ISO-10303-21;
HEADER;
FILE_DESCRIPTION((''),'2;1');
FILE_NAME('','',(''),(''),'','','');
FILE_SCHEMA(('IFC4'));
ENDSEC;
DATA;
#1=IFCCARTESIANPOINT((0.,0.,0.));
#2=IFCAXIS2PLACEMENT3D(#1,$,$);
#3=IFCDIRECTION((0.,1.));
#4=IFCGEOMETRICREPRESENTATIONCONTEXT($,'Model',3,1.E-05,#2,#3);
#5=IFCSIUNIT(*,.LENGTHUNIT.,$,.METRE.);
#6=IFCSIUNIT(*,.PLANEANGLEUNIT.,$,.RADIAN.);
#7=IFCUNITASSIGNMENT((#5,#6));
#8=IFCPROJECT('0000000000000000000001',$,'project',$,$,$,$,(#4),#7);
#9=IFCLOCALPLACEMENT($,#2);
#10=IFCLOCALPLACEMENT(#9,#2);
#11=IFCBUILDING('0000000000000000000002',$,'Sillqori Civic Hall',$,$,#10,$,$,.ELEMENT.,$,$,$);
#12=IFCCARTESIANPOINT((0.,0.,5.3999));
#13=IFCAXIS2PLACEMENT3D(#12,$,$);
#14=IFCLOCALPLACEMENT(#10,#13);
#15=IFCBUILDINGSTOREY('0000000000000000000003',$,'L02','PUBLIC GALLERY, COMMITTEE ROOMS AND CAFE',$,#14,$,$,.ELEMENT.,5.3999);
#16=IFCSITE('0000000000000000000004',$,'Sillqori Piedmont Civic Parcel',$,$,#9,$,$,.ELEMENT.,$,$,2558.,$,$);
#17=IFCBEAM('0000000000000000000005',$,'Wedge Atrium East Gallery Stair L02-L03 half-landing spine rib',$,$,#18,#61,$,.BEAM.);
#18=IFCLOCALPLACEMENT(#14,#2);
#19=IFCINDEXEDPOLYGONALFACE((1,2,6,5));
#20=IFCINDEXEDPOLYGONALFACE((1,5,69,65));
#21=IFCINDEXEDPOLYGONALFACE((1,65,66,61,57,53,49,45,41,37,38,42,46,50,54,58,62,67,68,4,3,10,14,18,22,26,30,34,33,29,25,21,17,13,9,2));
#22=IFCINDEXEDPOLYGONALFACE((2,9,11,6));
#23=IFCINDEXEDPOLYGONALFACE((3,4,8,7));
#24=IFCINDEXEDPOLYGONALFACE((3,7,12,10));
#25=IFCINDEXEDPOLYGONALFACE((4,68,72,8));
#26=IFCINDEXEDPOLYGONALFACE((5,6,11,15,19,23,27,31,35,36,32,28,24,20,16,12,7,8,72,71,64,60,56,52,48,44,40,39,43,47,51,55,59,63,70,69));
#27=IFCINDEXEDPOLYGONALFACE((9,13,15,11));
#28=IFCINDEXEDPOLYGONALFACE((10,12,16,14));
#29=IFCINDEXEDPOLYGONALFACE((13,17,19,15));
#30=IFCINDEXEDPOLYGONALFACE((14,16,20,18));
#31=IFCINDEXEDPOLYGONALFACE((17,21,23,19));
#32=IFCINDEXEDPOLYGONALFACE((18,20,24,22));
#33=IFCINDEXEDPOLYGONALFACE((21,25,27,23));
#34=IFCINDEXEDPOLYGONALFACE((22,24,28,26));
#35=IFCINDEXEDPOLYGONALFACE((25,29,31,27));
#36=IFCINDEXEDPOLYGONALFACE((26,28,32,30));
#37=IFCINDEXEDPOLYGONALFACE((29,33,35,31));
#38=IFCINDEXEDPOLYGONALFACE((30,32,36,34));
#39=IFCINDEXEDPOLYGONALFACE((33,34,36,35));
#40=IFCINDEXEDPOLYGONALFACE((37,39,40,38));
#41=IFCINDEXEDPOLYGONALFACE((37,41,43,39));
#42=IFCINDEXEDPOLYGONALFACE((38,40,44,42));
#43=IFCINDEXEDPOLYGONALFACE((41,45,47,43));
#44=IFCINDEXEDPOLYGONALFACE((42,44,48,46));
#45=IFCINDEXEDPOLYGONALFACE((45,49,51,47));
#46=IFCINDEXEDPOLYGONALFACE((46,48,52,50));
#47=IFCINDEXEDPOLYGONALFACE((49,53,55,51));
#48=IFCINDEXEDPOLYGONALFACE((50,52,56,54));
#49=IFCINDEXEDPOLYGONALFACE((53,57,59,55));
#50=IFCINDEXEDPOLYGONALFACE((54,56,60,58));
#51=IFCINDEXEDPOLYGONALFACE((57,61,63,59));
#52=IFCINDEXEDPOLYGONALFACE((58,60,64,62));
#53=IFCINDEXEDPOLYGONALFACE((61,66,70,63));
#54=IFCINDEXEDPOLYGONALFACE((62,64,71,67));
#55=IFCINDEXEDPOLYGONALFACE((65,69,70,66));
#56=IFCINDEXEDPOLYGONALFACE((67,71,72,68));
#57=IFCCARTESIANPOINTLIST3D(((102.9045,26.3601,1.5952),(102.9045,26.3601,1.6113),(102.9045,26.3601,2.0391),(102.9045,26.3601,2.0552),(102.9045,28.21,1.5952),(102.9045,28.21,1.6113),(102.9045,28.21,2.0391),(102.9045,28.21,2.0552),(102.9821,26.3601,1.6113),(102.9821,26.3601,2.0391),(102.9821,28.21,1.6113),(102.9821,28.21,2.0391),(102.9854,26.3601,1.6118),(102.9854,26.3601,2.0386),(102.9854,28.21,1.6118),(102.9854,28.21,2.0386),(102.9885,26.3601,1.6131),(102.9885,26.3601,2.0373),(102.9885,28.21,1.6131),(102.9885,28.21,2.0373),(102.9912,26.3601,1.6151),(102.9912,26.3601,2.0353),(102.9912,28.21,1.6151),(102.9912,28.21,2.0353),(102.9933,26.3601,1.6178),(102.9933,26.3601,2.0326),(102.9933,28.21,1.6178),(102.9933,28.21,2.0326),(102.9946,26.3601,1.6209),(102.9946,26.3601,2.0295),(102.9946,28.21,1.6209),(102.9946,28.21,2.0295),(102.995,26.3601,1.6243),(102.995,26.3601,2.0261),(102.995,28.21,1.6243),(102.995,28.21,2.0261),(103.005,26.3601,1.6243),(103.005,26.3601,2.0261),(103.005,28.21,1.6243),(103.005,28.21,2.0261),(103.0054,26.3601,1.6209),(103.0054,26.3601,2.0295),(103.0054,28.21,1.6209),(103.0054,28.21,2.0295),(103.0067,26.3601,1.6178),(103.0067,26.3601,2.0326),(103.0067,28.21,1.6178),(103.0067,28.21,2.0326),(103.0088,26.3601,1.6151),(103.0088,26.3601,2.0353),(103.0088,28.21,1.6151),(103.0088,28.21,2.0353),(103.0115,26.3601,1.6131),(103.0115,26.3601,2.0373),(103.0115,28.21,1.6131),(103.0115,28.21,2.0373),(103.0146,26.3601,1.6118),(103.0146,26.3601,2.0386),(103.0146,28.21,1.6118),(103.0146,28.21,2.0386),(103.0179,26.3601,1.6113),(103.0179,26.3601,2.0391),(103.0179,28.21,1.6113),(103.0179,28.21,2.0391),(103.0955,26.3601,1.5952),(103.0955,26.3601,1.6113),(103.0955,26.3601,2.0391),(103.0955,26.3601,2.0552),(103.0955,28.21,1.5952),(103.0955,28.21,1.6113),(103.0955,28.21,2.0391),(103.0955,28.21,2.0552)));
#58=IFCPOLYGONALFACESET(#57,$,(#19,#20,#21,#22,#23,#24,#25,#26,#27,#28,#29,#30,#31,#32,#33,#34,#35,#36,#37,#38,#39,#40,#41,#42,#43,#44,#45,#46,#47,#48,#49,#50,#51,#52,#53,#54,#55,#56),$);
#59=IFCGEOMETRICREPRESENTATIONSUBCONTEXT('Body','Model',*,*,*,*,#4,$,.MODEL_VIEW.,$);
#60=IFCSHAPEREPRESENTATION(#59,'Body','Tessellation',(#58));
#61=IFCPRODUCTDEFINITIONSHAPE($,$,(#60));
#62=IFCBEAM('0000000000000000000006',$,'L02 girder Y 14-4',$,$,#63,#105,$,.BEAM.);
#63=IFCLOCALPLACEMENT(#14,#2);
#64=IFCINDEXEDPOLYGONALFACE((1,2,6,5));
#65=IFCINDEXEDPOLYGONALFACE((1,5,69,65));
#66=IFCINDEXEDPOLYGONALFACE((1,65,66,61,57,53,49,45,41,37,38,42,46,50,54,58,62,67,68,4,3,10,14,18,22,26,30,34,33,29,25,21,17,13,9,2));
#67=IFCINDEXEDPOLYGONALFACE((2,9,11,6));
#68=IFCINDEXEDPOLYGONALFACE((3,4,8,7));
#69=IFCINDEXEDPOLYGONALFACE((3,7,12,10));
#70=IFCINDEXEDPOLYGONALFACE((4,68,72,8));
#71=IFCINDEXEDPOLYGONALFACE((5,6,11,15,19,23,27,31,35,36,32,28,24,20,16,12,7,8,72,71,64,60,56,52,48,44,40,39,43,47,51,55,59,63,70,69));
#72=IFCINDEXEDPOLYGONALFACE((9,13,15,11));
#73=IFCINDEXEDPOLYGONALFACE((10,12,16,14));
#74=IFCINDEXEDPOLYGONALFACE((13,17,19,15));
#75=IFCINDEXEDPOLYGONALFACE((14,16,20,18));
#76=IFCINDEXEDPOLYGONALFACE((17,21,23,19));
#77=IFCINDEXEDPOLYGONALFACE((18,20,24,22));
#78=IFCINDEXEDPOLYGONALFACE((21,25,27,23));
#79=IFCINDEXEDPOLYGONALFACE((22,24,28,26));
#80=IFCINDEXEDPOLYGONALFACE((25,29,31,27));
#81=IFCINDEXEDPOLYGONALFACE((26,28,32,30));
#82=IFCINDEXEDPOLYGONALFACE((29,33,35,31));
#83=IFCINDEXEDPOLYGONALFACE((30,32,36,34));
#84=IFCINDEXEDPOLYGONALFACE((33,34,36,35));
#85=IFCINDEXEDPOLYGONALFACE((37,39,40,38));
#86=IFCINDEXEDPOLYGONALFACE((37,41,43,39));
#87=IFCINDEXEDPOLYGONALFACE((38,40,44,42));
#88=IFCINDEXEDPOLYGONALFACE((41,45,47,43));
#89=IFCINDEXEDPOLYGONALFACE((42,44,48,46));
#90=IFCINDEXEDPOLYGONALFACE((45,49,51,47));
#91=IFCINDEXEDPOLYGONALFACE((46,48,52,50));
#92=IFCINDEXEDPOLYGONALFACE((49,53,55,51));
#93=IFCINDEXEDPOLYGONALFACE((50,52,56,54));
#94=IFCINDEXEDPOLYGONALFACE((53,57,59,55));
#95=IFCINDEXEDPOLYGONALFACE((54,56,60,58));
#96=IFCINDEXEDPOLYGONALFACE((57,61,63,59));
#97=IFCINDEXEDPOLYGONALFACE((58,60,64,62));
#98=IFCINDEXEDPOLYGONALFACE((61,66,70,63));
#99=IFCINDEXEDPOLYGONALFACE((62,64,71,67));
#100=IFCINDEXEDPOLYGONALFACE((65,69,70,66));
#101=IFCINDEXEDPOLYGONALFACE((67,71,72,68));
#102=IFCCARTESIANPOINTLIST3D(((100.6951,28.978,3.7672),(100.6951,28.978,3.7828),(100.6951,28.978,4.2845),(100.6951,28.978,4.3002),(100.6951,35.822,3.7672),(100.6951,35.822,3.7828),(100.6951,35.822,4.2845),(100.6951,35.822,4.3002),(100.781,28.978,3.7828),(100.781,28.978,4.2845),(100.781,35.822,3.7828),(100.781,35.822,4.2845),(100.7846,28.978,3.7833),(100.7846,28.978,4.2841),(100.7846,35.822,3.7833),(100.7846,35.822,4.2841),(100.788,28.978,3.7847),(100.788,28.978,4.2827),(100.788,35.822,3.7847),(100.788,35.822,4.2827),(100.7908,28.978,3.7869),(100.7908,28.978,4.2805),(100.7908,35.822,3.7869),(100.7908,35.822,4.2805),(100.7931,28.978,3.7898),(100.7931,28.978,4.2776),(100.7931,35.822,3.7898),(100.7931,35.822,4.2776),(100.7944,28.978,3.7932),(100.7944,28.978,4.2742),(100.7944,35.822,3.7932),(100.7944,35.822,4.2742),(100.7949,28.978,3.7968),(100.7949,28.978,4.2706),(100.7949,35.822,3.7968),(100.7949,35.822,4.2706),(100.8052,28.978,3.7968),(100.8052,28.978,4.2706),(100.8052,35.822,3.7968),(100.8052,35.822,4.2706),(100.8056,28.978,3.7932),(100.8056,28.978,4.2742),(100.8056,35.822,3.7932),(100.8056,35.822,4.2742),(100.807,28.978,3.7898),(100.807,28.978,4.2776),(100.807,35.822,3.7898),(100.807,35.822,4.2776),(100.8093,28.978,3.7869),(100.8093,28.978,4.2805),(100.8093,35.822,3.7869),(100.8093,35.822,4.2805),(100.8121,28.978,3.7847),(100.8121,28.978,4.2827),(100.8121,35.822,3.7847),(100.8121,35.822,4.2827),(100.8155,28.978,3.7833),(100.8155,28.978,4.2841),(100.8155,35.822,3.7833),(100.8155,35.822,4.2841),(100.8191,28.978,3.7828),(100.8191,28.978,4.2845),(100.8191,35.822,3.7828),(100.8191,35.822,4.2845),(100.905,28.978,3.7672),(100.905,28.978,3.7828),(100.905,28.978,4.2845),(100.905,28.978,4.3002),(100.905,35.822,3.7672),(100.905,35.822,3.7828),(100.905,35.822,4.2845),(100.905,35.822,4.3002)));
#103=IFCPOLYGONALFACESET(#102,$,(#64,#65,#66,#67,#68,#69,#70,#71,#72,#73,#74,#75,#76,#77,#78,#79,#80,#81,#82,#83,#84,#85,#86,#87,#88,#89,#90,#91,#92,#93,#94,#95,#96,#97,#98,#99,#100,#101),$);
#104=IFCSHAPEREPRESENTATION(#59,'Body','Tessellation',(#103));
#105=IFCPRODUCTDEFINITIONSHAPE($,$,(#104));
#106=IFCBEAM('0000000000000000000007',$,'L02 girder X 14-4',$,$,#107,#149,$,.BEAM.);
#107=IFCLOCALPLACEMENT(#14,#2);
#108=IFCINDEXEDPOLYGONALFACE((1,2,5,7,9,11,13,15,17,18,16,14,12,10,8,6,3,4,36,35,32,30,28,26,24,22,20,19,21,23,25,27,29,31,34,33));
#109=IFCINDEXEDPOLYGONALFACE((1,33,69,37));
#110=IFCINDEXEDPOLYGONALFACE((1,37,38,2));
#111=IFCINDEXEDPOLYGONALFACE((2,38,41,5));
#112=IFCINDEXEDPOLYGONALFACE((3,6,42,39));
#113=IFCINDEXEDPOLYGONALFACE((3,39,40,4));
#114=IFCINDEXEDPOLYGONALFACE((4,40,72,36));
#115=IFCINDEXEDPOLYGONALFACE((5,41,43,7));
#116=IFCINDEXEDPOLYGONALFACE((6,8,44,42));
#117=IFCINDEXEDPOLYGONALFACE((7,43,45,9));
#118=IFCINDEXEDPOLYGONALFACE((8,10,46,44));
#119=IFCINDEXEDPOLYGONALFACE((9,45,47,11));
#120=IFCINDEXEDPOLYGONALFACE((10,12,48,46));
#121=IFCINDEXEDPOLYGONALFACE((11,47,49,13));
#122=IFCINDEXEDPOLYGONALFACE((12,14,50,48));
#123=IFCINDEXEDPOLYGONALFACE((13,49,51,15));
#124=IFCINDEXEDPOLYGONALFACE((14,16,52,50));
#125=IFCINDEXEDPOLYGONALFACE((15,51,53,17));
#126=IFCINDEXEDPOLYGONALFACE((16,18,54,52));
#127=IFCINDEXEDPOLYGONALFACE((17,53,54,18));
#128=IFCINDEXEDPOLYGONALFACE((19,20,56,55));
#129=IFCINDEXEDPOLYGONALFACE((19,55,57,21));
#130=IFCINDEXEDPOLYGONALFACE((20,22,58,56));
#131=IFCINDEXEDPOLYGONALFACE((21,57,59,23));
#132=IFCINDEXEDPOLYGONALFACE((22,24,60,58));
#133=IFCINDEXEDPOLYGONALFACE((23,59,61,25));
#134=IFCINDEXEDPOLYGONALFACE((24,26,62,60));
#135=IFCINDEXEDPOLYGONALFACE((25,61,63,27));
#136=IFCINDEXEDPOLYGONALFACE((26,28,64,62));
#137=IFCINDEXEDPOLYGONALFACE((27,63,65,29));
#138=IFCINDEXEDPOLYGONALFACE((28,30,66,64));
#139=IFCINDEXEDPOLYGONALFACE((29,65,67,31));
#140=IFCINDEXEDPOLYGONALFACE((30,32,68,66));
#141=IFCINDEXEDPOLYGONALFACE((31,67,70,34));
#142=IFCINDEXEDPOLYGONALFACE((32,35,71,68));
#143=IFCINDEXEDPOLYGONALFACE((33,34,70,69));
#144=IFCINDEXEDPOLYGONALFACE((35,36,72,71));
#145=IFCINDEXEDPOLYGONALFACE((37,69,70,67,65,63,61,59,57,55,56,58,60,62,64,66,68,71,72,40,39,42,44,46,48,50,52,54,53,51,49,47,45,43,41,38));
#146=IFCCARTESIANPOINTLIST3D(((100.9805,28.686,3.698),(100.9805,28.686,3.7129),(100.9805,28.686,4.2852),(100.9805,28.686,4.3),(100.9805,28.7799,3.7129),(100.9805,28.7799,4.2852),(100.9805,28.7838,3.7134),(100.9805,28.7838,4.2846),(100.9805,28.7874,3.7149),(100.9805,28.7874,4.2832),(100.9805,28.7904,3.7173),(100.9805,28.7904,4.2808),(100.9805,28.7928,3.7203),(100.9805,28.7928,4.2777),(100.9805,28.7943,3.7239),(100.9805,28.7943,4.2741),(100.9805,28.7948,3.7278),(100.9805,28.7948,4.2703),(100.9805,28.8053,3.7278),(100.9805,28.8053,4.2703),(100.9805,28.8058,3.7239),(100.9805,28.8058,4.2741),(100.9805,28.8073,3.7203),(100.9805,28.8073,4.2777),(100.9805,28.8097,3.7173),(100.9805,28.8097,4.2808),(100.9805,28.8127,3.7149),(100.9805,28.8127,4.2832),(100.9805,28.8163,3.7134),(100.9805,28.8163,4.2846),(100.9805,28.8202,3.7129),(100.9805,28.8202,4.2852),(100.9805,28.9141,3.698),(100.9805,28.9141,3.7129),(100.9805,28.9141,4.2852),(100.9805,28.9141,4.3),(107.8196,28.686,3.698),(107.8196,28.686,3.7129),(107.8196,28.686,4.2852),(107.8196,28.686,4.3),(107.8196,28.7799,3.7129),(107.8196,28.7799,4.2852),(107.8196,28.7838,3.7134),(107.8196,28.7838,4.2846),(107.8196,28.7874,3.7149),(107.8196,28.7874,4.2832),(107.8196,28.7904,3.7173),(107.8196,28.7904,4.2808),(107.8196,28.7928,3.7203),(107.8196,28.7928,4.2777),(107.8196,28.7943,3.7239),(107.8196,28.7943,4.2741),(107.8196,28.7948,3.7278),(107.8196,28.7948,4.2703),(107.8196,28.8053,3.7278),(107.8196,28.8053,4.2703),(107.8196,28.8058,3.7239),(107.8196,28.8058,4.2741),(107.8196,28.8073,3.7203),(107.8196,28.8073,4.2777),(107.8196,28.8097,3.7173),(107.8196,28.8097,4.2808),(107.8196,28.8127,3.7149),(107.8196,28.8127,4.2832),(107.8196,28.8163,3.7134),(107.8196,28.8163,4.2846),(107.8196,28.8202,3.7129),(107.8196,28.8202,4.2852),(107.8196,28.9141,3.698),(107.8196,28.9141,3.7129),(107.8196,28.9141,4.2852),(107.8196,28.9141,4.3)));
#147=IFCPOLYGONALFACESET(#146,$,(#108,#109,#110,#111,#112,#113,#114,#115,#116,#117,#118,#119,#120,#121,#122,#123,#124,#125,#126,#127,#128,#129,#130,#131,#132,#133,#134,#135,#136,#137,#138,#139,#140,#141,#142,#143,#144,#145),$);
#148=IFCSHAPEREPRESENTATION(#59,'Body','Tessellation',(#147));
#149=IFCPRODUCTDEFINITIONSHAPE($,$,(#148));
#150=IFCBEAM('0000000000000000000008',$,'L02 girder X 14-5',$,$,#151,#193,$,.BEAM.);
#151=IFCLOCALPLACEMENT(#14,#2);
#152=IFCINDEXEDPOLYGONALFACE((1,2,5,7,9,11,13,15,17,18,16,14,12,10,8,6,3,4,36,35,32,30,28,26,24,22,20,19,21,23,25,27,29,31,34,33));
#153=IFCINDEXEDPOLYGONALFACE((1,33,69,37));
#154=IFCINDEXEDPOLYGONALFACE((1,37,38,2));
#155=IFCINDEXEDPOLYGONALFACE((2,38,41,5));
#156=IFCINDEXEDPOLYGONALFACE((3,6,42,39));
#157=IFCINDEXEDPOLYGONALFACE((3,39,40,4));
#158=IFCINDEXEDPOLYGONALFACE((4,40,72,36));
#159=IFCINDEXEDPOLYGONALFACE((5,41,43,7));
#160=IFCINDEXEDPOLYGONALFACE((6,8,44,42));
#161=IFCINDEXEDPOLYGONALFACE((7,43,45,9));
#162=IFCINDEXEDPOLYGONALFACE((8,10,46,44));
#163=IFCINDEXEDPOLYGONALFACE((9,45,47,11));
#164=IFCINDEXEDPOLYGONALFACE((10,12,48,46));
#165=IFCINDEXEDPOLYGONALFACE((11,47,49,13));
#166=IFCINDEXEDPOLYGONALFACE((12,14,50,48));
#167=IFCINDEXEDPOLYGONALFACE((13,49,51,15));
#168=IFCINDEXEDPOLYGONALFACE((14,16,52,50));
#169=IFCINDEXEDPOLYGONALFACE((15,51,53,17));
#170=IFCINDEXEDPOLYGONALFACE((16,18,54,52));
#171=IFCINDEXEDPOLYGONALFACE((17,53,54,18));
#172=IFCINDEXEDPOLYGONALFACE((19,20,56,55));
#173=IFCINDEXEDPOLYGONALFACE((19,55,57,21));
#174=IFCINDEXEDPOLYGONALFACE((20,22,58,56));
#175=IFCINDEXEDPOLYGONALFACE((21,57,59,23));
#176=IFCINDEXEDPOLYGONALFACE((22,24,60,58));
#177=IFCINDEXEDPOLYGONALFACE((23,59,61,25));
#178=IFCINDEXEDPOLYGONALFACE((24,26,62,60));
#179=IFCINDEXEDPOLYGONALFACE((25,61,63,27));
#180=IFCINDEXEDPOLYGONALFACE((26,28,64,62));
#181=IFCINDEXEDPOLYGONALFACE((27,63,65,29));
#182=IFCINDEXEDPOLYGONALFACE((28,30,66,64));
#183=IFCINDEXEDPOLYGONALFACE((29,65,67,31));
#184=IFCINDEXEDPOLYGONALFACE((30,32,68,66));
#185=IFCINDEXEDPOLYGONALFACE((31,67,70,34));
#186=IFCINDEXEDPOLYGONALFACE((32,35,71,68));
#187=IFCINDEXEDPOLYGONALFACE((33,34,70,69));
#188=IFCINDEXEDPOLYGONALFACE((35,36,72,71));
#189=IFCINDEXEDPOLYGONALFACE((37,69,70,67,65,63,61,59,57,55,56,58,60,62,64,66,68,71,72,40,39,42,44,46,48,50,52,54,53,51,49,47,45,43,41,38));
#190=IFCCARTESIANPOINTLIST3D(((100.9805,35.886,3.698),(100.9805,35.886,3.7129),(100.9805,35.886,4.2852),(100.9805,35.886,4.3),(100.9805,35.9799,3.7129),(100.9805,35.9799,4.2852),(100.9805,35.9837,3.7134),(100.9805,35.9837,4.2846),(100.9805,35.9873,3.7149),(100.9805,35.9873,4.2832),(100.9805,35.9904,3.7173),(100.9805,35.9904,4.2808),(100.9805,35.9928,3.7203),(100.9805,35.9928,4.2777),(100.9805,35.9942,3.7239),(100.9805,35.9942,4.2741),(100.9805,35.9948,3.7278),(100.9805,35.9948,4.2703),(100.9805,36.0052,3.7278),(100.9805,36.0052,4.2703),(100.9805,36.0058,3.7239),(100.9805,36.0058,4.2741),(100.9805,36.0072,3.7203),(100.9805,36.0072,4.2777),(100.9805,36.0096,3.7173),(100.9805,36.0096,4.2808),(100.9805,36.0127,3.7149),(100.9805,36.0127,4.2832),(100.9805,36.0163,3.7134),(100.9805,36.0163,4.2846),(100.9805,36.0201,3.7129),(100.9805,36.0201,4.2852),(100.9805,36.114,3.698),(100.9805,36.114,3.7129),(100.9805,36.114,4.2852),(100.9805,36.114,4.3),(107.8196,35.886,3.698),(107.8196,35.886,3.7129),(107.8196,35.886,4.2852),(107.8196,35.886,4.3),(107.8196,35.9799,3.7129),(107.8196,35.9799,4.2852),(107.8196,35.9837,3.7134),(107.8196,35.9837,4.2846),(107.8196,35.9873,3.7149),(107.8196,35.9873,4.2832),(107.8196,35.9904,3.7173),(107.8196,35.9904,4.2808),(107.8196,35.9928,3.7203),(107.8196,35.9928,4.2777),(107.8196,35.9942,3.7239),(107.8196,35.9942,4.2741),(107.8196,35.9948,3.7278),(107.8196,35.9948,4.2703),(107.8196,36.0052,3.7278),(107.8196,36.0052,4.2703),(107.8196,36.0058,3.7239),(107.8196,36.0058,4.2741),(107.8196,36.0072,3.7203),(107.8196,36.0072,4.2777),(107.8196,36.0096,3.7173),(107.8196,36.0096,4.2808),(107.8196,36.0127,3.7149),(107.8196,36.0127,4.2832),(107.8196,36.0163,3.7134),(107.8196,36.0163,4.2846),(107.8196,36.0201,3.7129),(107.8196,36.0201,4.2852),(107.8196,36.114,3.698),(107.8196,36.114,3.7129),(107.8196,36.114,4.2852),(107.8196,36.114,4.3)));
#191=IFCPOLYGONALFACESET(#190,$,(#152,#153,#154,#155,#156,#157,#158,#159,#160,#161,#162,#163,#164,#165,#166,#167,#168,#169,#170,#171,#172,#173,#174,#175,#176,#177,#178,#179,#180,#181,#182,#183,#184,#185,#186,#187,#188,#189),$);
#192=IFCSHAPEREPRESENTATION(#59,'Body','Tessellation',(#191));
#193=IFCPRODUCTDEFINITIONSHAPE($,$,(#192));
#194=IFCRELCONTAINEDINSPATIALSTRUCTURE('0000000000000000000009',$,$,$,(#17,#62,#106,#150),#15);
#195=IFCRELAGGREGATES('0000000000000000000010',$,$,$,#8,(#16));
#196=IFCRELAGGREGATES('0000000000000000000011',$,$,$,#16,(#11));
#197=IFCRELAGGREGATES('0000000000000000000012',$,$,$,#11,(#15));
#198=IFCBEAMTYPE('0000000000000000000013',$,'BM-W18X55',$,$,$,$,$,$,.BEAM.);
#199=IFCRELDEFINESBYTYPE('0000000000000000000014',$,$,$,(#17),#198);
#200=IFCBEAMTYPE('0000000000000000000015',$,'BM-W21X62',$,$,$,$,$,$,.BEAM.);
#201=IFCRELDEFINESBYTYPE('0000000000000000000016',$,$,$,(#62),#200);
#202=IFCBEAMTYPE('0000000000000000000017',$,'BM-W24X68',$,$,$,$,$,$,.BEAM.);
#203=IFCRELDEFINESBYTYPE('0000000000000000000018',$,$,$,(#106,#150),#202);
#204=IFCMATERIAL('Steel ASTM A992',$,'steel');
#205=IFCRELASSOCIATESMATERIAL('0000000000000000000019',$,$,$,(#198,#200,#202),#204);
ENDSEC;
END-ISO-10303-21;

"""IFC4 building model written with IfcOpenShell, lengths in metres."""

from ifc_helpers import new_model, si_unit, direction, frame, origin, origin_2d, place, context, subcontext, project, spatial, i_section, extrude, material, material_profile, profile_set, type_object, element, save


model = new_model("IFC4")

# Units and contexts
model_context = context("Model", 3, precision=1e-05, world=origin(), true_north=direction((0.0, 1.0)))
body_context = subcontext(model_context, "Body", "Model", "MODEL_VIEW")
ifc_project = project(units=[si_unit("LENGTHUNIT", "METRE"), si_unit("PLANEANGLEUNIT", "RADIAN")], contexts=[model_context])

# Site, building, storey
site_placement = place(None, origin())
site = spatial("IfcSite", under=ifc_project, at=site_placement, Name="Sillqori Piedmont Civic Parcel", CompositionType="ELEMENT", RefElevation=2558.0)
building_placement = place(site_placement, origin())
building = spatial("IfcBuilding", under=site, at=building_placement, Name="Sillqori Civic Hall", CompositionType="ELEMENT")
storey_placement = place(building_placement, frame((0.0, 0.0, 5.3999)))
storey = spatial("IfcBuildingStorey", under=building, at=storey_placement, Name="L02", Description="PUBLIC GALLERY, COMMITTEE ROOMS AND CAFE", CompositionType="ELEMENT", Elevation=5.3999)

# Shared definitions
ifc_material_1 = material(Name="Steel ASTM A992", Category="steel")

# Beams
ifc_material_profile_1 = material_profile(ifc_material_1, i_section(OverallWidth=0.1909, OverallDepth=0.46, WebThickness=0.01, FlangeThickness=0.0161, FilletRadius=0.0129, at=origin_2d()), Name="W18X55")
ifc_profile_set_1 = profile_set([ifc_material_profile_1], Name="Steel ASTM A992")
beam_type_1 = type_object("IfcBeamType", Name="BM-W18X55", PredefinedType="BEAM", material=ifc_profile_set_1)
beam_1_placement = place(storey_placement, frame((103.0, 26.3601, 1.8252), z_axis=(0.0, 1.0, 0.0), x_axis=(-1.0, 0.0, 0.0)))
element("IfcBeam", 1, at=beam_1_placement, inside=storey, type_object=beam_type_1, Name="Wedge Atrium East Gallery Stair L02-L03 half-landing spine rib", PredefinedType="BEAM", context=body_context, shape_type="SweptSolid", body=[
    extrude(i_section(OverallWidth=0.1909, OverallDepth=0.46, WebThickness=0.01, FlangeThickness=0.0161, FilletRadius=0.0129, at=origin_2d()), origin(), (0.0, 0.0, 1.0), 1.8499),
])
ifc_material_profile_2 = material_profile(ifc_material_1, i_section(OverallWidth=0.21, OverallDepth=0.533, WebThickness=0.0103, FlangeThickness=0.0156, FilletRadius=0.0139, at=origin_2d()), Name="W21X62")
ifc_profile_set_2 = profile_set([ifc_material_profile_2], Name="Steel ASTM A992")
beam_type_2 = type_object("IfcBeamType", Name="BM-W21X62", PredefinedType="BEAM", material=ifc_profile_set_2)
beam_2_placement = place(storey_placement, frame((100.8, 28.978, 4.0337), z_axis=(0.0, 1.0, 0.0), x_axis=(-1.0, 0.0, 0.0)))
element("IfcBeam", 2, at=beam_2_placement, inside=storey, type_object=beam_type_2, Name="L02 girder Y 14-4", PredefinedType="BEAM", context=body_context, shape_type="SweptSolid", body=[
    extrude(i_section(OverallWidth=0.21, OverallDepth=0.533, WebThickness=0.0103, FlangeThickness=0.0156, FilletRadius=0.0139, at=origin_2d()), origin(), (0.0, 0.0, 1.0), 6.844),
])
ifc_material_profile_3 = material_profile(ifc_material_1, i_section(OverallWidth=0.228, OverallDepth=0.6021, WebThickness=0.0105, FlangeThickness=0.0149, FilletRadius=0.0149, at=origin_2d()), Name="W24X68")
ifc_profile_set_3 = profile_set([ifc_material_profile_3], Name="Steel ASTM A992")
beam_type_3 = type_object("IfcBeamType", Name="BM-W24X68", PredefinedType="BEAM", material=ifc_profile_set_3)
for number, where, z_axis, x_axis, name in (
    (3, (100.9805, 28.8, 3.999), (1.0, 0.0, 0.0), (0.0, 1.0, 0.0), "L02 girder X 14-4"),
    (4, (100.9805, 36.0, 3.999), (1.0, 0.0, 0.0), (0.0, 1.0, 0.0), "L02 girder X 14-5"),
):
    element("IfcBeam", number, at=place(storey_placement, frame(where, z_axis=z_axis, x_axis=x_axis)), inside=storey, type_object=beam_type_3, Name=name, PredefinedType="BEAM", context=body_context, shape_type="SweptSolid", body=[
        extrude(i_section(OverallWidth=0.228, OverallDepth=0.6021, WebThickness=0.0105, FlangeThickness=0.0149, FilletRadius=0.0149, at=origin_2d()), origin(), (0.0, 0.0, 1.0), 6.8391),
    ])

save(model, "model.ifc")
